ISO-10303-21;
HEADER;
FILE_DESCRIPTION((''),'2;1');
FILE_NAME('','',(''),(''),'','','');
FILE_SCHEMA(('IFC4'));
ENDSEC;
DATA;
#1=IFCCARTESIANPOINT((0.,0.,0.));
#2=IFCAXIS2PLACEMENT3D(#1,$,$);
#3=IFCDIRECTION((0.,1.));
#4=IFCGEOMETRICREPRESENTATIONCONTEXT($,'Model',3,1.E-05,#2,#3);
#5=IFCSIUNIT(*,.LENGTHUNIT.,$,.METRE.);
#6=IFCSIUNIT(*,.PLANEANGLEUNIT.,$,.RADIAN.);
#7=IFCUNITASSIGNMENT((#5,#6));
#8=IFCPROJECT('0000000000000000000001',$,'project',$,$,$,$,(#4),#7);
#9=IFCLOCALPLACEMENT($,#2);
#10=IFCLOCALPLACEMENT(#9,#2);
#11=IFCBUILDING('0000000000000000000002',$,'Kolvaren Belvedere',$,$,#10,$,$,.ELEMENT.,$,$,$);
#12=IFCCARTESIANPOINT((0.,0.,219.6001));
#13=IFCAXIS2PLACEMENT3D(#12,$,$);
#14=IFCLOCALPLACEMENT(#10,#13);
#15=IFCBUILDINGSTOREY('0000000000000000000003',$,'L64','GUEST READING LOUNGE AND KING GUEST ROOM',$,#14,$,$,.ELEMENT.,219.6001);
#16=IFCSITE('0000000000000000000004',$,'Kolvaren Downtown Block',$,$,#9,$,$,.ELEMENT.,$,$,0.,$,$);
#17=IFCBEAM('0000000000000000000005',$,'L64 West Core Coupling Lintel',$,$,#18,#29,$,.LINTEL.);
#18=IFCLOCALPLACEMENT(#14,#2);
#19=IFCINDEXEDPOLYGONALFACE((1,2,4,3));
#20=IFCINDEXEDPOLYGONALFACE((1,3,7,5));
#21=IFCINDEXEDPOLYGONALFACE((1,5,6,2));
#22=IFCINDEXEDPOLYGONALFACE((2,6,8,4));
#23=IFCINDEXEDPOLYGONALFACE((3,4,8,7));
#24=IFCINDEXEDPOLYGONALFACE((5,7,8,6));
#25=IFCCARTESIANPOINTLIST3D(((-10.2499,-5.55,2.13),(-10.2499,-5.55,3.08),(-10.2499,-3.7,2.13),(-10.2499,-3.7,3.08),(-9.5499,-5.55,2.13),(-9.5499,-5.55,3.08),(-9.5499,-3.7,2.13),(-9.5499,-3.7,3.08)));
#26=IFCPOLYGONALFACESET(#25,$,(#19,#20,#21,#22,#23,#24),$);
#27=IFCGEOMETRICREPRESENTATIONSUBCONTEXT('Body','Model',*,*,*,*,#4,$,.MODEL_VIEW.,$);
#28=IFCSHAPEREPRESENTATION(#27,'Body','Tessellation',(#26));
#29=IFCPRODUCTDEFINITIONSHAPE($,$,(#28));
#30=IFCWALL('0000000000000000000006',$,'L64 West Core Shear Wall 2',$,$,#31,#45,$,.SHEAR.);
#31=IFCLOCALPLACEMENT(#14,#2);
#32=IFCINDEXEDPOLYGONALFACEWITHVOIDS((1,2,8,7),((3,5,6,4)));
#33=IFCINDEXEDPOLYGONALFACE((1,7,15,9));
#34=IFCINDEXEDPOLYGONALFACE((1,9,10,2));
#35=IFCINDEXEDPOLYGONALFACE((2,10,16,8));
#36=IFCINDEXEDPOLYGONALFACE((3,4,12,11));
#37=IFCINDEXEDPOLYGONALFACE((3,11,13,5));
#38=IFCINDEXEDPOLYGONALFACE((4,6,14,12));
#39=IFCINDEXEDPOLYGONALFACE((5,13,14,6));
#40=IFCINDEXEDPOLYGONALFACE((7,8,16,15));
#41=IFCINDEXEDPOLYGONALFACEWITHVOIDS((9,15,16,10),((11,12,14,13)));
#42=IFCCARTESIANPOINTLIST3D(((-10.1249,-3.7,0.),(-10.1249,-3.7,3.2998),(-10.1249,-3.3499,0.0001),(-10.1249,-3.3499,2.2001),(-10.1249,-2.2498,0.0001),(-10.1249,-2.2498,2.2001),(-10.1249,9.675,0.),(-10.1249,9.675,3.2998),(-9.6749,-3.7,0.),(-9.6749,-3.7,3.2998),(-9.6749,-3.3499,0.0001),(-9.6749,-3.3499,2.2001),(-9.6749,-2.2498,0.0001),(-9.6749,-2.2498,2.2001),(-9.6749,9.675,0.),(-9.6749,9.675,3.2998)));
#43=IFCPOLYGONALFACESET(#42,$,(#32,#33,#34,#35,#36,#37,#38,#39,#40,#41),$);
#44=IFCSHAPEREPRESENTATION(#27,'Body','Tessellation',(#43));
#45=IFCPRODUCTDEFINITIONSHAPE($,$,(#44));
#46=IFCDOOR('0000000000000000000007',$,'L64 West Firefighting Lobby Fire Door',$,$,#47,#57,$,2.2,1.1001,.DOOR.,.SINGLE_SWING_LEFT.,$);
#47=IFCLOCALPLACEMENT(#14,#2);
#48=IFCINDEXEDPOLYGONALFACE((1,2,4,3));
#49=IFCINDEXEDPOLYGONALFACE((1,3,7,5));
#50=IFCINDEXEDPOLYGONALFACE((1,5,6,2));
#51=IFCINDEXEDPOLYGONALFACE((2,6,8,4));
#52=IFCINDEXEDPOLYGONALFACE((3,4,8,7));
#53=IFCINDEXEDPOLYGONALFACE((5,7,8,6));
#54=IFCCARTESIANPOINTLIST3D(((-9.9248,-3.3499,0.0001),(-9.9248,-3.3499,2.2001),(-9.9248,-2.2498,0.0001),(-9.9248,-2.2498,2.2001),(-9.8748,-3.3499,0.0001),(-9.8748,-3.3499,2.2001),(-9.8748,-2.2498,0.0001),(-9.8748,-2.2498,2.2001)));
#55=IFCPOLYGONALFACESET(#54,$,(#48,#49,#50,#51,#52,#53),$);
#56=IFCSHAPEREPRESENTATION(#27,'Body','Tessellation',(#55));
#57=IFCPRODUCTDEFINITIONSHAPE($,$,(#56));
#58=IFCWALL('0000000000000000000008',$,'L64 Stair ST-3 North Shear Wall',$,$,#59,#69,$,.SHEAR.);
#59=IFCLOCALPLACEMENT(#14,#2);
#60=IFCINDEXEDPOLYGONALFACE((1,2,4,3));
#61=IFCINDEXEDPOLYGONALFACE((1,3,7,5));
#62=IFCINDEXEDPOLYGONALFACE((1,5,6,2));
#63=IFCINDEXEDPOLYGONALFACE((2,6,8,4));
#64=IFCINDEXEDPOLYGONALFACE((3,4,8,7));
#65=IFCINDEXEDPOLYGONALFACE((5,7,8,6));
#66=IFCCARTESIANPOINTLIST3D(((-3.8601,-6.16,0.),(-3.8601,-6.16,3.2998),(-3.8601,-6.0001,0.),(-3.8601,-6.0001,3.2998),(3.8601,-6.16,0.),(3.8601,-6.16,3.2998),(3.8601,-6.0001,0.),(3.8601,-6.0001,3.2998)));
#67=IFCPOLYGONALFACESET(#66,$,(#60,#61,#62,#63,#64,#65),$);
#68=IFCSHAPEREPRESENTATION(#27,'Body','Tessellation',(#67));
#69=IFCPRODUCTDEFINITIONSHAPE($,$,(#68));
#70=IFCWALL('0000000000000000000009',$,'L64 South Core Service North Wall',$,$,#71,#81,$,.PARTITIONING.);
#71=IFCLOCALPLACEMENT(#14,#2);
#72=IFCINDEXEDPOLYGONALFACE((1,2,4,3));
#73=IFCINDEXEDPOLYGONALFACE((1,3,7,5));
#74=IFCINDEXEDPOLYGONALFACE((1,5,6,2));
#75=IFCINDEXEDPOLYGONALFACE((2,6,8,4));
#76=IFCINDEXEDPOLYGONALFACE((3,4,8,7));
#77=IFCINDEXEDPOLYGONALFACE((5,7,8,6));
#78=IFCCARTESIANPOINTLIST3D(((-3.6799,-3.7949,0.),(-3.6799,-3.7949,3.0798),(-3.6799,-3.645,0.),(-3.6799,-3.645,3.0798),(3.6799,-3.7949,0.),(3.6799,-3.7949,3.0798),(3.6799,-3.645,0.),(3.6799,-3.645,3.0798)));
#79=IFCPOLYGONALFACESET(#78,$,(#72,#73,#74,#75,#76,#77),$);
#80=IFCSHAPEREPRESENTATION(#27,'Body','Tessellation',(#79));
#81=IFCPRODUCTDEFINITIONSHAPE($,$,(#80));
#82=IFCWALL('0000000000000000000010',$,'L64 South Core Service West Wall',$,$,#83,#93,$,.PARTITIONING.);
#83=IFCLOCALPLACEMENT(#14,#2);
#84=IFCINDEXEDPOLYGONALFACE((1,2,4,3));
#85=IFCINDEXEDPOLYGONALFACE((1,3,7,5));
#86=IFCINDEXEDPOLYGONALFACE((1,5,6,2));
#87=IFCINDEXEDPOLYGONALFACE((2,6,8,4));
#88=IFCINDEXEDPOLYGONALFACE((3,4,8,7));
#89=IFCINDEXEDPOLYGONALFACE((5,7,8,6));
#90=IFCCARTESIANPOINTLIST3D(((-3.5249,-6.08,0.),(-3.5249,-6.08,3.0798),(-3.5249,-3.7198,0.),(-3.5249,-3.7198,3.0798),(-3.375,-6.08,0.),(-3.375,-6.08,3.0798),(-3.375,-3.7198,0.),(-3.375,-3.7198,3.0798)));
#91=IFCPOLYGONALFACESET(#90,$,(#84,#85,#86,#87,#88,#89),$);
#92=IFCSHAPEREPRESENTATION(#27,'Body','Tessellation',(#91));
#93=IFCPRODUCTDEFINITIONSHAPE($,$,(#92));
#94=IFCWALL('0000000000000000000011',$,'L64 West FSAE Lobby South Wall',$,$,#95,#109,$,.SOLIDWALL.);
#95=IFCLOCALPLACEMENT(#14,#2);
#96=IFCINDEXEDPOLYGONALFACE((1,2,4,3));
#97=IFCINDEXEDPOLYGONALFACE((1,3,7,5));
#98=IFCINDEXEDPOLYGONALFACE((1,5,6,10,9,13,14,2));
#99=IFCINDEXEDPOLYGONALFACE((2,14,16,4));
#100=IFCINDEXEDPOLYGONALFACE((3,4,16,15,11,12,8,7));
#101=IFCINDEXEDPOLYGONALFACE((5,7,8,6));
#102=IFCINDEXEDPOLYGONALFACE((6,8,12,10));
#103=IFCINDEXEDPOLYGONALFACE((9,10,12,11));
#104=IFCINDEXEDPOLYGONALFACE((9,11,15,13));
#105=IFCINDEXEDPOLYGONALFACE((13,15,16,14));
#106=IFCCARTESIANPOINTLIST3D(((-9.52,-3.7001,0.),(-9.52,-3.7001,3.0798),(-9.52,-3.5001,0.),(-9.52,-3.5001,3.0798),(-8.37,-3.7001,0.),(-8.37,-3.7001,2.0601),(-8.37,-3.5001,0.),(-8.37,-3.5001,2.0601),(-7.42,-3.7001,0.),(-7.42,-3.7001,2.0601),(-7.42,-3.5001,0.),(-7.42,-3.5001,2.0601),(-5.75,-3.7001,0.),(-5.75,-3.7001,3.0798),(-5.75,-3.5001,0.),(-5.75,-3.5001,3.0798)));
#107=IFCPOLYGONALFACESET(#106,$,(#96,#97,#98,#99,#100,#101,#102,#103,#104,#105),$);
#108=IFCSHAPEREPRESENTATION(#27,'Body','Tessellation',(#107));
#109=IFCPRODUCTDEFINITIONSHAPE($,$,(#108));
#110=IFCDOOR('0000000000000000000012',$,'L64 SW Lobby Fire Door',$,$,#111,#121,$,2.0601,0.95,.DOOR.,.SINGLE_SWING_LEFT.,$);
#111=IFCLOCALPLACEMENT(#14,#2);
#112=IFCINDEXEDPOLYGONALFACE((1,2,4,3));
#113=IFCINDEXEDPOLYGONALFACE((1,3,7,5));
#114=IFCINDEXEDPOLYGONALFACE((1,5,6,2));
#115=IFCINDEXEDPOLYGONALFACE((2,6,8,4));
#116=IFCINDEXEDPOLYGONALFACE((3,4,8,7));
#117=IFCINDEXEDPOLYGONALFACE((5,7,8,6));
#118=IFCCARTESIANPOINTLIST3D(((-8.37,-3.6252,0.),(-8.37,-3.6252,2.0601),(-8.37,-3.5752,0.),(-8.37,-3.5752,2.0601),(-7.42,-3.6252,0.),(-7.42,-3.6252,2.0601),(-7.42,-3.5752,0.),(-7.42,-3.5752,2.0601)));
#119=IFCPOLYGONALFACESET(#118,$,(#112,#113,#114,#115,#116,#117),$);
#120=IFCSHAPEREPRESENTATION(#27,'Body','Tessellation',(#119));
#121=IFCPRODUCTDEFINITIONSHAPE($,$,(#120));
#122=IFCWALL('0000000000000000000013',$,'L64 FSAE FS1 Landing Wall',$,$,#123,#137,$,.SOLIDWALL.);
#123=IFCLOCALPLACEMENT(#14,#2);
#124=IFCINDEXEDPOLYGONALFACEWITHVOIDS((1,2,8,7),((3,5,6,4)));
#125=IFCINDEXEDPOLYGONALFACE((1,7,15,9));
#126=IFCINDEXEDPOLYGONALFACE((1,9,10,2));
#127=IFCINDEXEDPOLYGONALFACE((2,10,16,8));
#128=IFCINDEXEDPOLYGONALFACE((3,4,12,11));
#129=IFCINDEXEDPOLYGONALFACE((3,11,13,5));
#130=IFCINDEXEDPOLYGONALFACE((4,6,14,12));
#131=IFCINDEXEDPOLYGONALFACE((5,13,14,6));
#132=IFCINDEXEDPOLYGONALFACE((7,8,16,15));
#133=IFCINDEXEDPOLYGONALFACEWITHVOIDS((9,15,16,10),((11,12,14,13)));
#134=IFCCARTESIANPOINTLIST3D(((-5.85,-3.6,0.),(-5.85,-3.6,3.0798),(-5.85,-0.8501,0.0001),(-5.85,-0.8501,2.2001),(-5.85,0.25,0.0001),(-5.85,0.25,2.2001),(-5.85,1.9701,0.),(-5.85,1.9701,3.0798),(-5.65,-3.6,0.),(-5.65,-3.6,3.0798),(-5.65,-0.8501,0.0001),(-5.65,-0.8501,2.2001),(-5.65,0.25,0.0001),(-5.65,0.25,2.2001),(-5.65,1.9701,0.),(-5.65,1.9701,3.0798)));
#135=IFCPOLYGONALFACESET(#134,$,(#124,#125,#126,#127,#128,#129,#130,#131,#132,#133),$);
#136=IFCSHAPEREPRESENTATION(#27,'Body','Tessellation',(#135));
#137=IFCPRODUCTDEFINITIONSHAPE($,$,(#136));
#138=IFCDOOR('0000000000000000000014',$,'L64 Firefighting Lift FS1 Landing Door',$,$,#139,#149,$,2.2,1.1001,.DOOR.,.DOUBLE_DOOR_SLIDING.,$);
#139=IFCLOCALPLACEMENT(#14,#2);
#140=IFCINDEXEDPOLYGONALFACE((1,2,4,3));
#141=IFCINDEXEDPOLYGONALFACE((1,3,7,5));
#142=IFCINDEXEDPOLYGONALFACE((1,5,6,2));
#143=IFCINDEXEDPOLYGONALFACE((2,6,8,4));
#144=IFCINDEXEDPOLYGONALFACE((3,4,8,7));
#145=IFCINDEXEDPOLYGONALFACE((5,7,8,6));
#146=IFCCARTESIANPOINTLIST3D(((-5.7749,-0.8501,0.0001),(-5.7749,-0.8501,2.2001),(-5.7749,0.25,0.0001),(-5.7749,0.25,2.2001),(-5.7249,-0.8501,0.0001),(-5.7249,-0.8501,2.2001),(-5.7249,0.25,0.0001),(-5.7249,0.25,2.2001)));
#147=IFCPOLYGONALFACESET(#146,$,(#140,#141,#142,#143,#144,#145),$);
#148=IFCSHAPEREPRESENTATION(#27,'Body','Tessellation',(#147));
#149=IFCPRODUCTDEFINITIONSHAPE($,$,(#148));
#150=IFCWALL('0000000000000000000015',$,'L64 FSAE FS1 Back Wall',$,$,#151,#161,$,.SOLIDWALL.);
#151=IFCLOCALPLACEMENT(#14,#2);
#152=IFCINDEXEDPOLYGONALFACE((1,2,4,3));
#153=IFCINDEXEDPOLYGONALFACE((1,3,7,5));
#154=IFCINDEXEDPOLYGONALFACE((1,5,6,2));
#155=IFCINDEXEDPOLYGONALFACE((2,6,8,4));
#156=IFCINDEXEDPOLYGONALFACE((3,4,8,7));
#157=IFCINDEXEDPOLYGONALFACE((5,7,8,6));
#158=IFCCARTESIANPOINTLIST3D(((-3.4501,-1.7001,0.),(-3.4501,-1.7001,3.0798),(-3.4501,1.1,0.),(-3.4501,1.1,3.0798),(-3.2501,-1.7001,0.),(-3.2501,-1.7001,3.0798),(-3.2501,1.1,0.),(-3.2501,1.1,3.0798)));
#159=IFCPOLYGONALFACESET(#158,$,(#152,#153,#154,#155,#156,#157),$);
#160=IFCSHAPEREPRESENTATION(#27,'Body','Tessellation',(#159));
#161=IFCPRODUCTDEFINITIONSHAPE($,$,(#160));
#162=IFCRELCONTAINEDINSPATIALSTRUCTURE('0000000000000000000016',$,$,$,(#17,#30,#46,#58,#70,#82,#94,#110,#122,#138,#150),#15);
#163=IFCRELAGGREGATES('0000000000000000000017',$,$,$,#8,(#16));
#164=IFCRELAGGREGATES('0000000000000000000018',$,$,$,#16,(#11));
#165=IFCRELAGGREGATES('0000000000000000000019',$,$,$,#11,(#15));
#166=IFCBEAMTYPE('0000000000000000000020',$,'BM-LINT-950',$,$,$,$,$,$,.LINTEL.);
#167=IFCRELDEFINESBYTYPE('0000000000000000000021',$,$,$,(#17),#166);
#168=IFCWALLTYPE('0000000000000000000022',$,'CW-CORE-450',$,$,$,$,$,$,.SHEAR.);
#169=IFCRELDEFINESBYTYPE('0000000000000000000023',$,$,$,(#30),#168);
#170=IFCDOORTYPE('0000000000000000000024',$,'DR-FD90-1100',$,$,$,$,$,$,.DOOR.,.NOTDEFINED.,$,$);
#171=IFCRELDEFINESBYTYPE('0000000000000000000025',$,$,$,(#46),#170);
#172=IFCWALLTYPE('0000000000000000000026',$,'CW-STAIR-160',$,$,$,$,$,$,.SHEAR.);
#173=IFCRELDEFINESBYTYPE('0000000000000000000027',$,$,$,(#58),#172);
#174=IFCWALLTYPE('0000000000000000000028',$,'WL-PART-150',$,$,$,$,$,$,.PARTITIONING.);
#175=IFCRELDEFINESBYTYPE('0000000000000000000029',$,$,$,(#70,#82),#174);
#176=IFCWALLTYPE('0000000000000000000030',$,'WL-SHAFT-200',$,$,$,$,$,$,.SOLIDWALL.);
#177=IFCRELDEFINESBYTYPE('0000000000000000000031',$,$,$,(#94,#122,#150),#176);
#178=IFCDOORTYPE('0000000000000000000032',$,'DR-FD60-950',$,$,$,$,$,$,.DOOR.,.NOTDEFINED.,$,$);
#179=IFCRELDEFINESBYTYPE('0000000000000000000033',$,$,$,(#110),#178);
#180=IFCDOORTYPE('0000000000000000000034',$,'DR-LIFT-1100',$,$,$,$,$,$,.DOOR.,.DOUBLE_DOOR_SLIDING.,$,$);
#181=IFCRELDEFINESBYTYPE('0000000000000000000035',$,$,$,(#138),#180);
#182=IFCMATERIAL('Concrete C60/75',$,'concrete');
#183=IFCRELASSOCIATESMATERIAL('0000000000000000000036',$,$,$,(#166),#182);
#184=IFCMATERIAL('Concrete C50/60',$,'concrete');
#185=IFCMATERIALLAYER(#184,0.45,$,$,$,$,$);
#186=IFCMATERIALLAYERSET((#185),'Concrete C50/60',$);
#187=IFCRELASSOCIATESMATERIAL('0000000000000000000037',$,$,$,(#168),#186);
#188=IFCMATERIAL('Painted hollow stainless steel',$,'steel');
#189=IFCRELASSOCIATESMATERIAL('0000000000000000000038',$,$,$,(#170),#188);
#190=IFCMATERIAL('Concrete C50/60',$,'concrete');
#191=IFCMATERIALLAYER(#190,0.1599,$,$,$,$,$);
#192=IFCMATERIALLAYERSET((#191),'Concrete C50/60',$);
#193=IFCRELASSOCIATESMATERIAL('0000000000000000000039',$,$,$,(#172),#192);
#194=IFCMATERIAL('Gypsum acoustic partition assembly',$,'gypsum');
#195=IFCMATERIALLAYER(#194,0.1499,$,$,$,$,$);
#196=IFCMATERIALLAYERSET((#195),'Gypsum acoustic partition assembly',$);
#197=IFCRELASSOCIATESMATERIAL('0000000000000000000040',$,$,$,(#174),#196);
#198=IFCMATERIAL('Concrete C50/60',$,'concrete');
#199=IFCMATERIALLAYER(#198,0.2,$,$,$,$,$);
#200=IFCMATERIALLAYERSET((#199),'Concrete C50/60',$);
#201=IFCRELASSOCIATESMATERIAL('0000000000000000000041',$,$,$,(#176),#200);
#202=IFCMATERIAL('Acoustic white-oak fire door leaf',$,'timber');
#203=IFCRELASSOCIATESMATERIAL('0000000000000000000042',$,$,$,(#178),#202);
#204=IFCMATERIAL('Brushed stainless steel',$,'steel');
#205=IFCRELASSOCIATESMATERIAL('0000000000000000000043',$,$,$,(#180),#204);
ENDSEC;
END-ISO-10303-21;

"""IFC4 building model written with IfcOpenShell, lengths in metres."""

from ifc_helpers import new_model, si_unit, direction, frame, frame_2d, origin, origin_2d, place, context, subcontext, project, spatial, rectangle, extrude, material, layer, layer_set, material_profile, profile_set, type_object, element, fill, save


model = new_model("IFC4")

# Units and contexts
model_context = context("Model", 3, precision=1e-05, world=origin(), true_north=direction((0.0, 1.0)))
body_context = subcontext(model_context, "Body", "Model", "MODEL_VIEW")
ifc_project = project(units=[si_unit("LENGTHUNIT", "METRE"), si_unit("PLANEANGLEUNIT", "RADIAN")], contexts=[model_context])

# Site, building, storey
site_placement = place(None, origin())
site = spatial("IfcSite", under=ifc_project, at=site_placement, Name="Kolvaren Downtown Block", CompositionType="ELEMENT", RefElevation=0.0)
building_placement = place(site_placement, origin())
building = spatial("IfcBuilding", under=site, at=building_placement, Name="Kolvaren Belvedere", CompositionType="ELEMENT")
storey_placement = place(building_placement, frame((0.0, 0.0, 219.6001)))
storey = spatial("IfcBuildingStorey", under=building, at=storey_placement, Name="L64", Description="GUEST READING LOUNGE AND KING GUEST ROOM", CompositionType="ELEMENT", Elevation=219.6001)

# Beam
ifc_material_1 = material(Name="Concrete C60/75", Category="concrete")
ifc_material_profile = material_profile(ifc_material_1, rectangle(XDim=0.7, YDim=0.95, at=origin_2d()), Name="RC 700X950")
ifc_profile_set = profile_set([ifc_material_profile], Name="Concrete C60/75")
beam_type = type_object("IfcBeamType", Name="BM-LINT-950", PredefinedType="LINTEL", material=ifc_profile_set)
beam_placement = place(storey_placement, frame((-9.8999, -5.55, 2.605), z_axis=(0.0, 1.0, 0.0), x_axis=(-1.0, 0.0, 0.0)))
element("IfcBeam", 1, at=beam_placement, inside=storey, type_object=beam_type, Name="L64 West Core Coupling Lintel", PredefinedType="LINTEL", context=body_context, shape_type="SweptSolid", body=[
    extrude(rectangle(XDim=0.7, YDim=0.95, at=origin_2d()), origin(), (0.0, 0.0, 1.0), 1.8501),
])

# Wall, opening, door
ifc_material_2 = material(Name="Concrete C50/60", Category="concrete")
ifc_layer_1 = layer(ifc_material_2, 0.45)
ifc_layer_set_1 = layer_set([ifc_layer_1], Name="Concrete C50/60")
wall_type_1 = type_object("IfcWallType", Name="CW-CORE-450", PredefinedType="SHEAR", material=ifc_layer_set_1)
wall_1_placement = place(storey_placement, frame((-9.8999, -3.7, 0.0), z_axis=(0.0, 0.0, 1.0), x_axis=(0.0, 1.0, 0.0)))
wall_1 = element("IfcWall", 2, at=wall_1_placement, inside=storey, type_object=wall_type_1, Name="L64 West Core Shear Wall 2", PredefinedType="SHEAR", context=body_context, shape_type="SweptSolid", body=[
    extrude(rectangle(XDim=13.375, YDim=0.45, at=frame_2d((6.6875, 0.0))), origin(), (0.0, 0.0, 1.0), 3.2998),
])
opening_1_placement = place(wall_1_placement, frame((0.3501, 0.0, 0.0)))
opening_1 = element("IfcOpeningElement", 3, at=opening_1_placement, cuts=wall_1, PredefinedType="OPENING", context=body_context, shape_type="SweptSolid", body=[
    extrude(rectangle(XDim=1.1001, YDim=2.2, at=frame_2d((0.55, 1.1001))), frame((0.0, 0.2349, 0.0), z_axis=(0.0, -1.0, 0.0), x_axis=(1.0, 0.0, 0.0)), (0.0, 0.0, 1.0), 0.47),
])
ifc_material_3 = material(Name="Painted hollow stainless steel", Category="steel")
door_type_1 = type_object("IfcDoorType", Name="DR-FD90-1100", OperationType="NOTDEFINED", PredefinedType="DOOR", material=ifc_material_3)
door_1_placement = place(opening_1_placement, origin())
door_1 = element("IfcDoor", 4, at=door_1_placement, inside=storey, type_object=door_type_1, Name="L64 West Firefighting Lobby Fire Door", OperationType="SINGLE_SWING_LEFT", OverallHeight=2.2, OverallWidth=1.1001, PredefinedType="DOOR", context=body_context, shape_type="SweptSolid", body=[
    extrude(rectangle(XDim=1.1001, YDim=2.2, at=frame_2d((0.55, 1.1001))), frame((0.0, 0.0249, 0.0), z_axis=(0.0, -1.0, 0.0), x_axis=(1.0, 0.0, 0.0)), (0.0, 0.0, 1.0), 0.05),
])
fill(opening_1, door_1)

# Walls
ifc_material_4 = material(Name="Concrete C50/60", Category="concrete")
ifc_layer_2 = layer(ifc_material_4, 0.1599)
ifc_layer_set_2 = layer_set([ifc_layer_2], Name="Concrete C50/60")
wall_type_2 = type_object("IfcWallType", Name="CW-STAIR-160", PredefinedType="SHEAR", material=ifc_layer_set_2)
wall_2_placement = place(storey_placement, frame((-3.8601, -6.0801, 0.0), z_axis=(0.0, 0.0, 1.0), x_axis=(1.0, 0.0, 0.0)))
element("IfcWall", 5, at=wall_2_placement, inside=storey, type_object=wall_type_2, Name="L64 Stair ST-3 North Shear Wall", PredefinedType="SHEAR", context=body_context, shape_type="SweptSolid", body=[
    extrude(rectangle(XDim=7.7202, YDim=0.1599, at=frame_2d((3.8601, 0.0))), origin(), (0.0, 0.0, 1.0), 3.2998),
])
ifc_material_5 = material(Name="Gypsum acoustic partition assembly", Category="gypsum")
ifc_layer_3 = layer(ifc_material_5, 0.1499)
ifc_layer_set_3 = layer_set([ifc_layer_3], Name="Gypsum acoustic partition assembly")
wall_type_3 = type_object("IfcWallType", Name="WL-PART-150", PredefinedType="PARTITIONING", material=ifc_layer_set_3)
wall_3_placement = place(storey_placement, frame((-3.6799, -3.72, 0.0), z_axis=(0.0, 0.0, 1.0), x_axis=(1.0, 0.0, 0.0)))
element("IfcWall", 6, at=wall_3_placement, inside=storey, type_object=wall_type_3, Name="L64 South Core Service North Wall", PredefinedType="PARTITIONING", context=body_context, shape_type="SweptSolid", body=[
    extrude(rectangle(XDim=7.3599, YDim=0.1499, at=frame_2d((3.6799, 0.0))), origin(), (0.0, 0.0, 1.0), 3.0798),
])
wall_4_placement = place(storey_placement, frame((-3.45, -6.0801, 0.0), z_axis=(0.0, 0.0, 1.0), x_axis=(0.0, 1.0, 0.0)))
element("IfcWall", 7, at=wall_4_placement, inside=storey, type_object=wall_type_3, Name="L64 South Core Service West Wall", PredefinedType="PARTITIONING", context=body_context, shape_type="SweptSolid", body=[
    extrude(rectangle(XDim=2.3601, YDim=0.1499, at=frame_2d((1.1802, 0.0))), origin(), (0.0, 0.0, 1.0), 3.0798),
])

# Walls, openings, doors
ifc_material_6 = material(Name="Concrete C50/60", Category="concrete")
ifc_layer_4 = layer(ifc_material_6, 0.2)
ifc_layer_set_4 = layer_set([ifc_layer_4], Name="Concrete C50/60")
wall_type_4 = type_object("IfcWallType", Name="WL-SHAFT-200", PredefinedType="SOLIDWALL", material=ifc_layer_set_4)
wall_5_placement = place(storey_placement, frame((-9.52, -3.6001, 0.0), z_axis=(0.0, 0.0, 1.0), x_axis=(1.0, 0.0, 0.0)))
wall_5 = element("IfcWall", 8, at=wall_5_placement, inside=storey, type_object=wall_type_4, Name="L64 West FSAE Lobby South Wall", PredefinedType="SOLIDWALL", context=body_context, shape_type="SweptSolid", body=[
    extrude(rectangle(XDim=3.77, YDim=0.2, at=frame_2d((1.885, 0.0))), origin(), (0.0, 0.0, 1.0), 3.0798),
])
opening_2_placement = place(wall_5_placement, frame((1.1499, 0.0, 0.0)))
opening_2 = element("IfcOpeningElement", 9, at=opening_2_placement, cuts=wall_5, PredefinedType="OPENING", context=body_context, shape_type="SweptSolid", body=[
    extrude(rectangle(XDim=0.95, YDim=2.0601, at=frame_2d((0.4751, 1.03))), frame((0.0, 0.1099, 0.0), z_axis=(0.0, -1.0, 0.0), x_axis=(1.0, 0.0, 0.0)), (0.0, 0.0, 1.0), 0.22),
])
ifc_material_7 = material(Name="Acoustic white-oak fire door leaf", Category="timber")
door_type_2 = type_object("IfcDoorType", Name="DR-FD60-950", OperationType="NOTDEFINED", PredefinedType="DOOR", material=ifc_material_7)
door_2_placement = place(opening_2_placement, origin())
door_2 = element("IfcDoor", 10, at=door_2_placement, inside=storey, type_object=door_type_2, Name="L64 SW Lobby Fire Door", OperationType="SINGLE_SWING_LEFT", OverallHeight=2.0601, OverallWidth=0.95, PredefinedType="DOOR", context=body_context, shape_type="SweptSolid", body=[
    extrude(rectangle(XDim=0.95, YDim=2.0601, at=frame_2d((0.4751, 1.03))), frame((0.0, 0.0249, 0.0), z_axis=(0.0, -1.0, 0.0), x_axis=(1.0, 0.0, 0.0)), (0.0, 0.0, 1.0), 0.05),
])
fill(opening_2, door_2)
wall_6_placement = place(storey_placement, frame((-5.75, -3.6001, 0.0), z_axis=(0.0, 0.0, 1.0), x_axis=(0.0, 1.0, 0.0)))
wall_6 = element("IfcWall", 11, at=wall_6_placement, inside=storey, type_object=wall_type_4, Name="L64 FSAE FS1 Landing Wall", PredefinedType="SOLIDWALL", context=body_context, shape_type="SweptSolid", body=[
    extrude(rectangle(XDim=5.5701, YDim=0.2, at=frame_2d((2.7852, 0.0))), origin(), (0.0, 0.0, 1.0), 3.0798),
])
opening_3_placement = place(wall_6_placement, frame((2.75, 0.0, 0.0)))
opening_3 = element("IfcOpeningElement", 12, at=opening_3_placement, cuts=wall_6, PredefinedType="OPENING", context=body_context, shape_type="SweptSolid", body=[
    extrude(rectangle(XDim=1.1001, YDim=2.2, at=frame_2d((0.55, 1.1001))), frame((0.0, 0.1099, 0.0), z_axis=(0.0, -1.0, 0.0), x_axis=(1.0, 0.0, 0.0)), (0.0, 0.0, 1.0), 0.22),
])
ifc_material_8 = material(Name="Brushed stainless steel", Category="steel")
door_type_3 = type_object("IfcDoorType", Name="DR-LIFT-1100", OperationType="DOUBLE_DOOR_SLIDING", PredefinedType="DOOR", material=ifc_material_8)
door_3_placement = place(opening_3_placement, origin())
door_3 = element("IfcDoor", 13, at=door_3_placement, inside=storey, type_object=door_type_3, Name="L64 Firefighting Lift FS1 Landing Door", OperationType="DOUBLE_DOOR_SLIDING", OverallHeight=2.2, OverallWidth=1.1001, PredefinedType="DOOR", context=body_context, shape_type="SweptSolid", body=[
    extrude(rectangle(XDim=1.1001, YDim=2.2, at=frame_2d((0.55, 1.1001))), frame((0.0, 0.0249, 0.0), z_axis=(0.0, -1.0, 0.0), x_axis=(1.0, 0.0, 0.0)), (0.0, 0.0, 1.0), 0.05),
])
fill(opening_3, door_3)

# Wall
wall_7_placement = place(storey_placement, frame((-3.3501, -1.7, 0.0), z_axis=(0.0, 0.0, 1.0), x_axis=(0.0, 1.0, 0.0)))
element("IfcWall", 14, at=wall_7_placement, inside=storey, type_object=wall_type_4, Name="L64 FSAE FS1 Back Wall", PredefinedType="SOLIDWALL", context=body_context, shape_type="SweptSolid", body=[
    extrude(rectangle(XDim=2.8, YDim=0.2, at=frame_2d((1.3999, 0.0))), origin(), (0.0, 0.0, 1.0), 3.0798),
])

save(model, "model.ifc")
